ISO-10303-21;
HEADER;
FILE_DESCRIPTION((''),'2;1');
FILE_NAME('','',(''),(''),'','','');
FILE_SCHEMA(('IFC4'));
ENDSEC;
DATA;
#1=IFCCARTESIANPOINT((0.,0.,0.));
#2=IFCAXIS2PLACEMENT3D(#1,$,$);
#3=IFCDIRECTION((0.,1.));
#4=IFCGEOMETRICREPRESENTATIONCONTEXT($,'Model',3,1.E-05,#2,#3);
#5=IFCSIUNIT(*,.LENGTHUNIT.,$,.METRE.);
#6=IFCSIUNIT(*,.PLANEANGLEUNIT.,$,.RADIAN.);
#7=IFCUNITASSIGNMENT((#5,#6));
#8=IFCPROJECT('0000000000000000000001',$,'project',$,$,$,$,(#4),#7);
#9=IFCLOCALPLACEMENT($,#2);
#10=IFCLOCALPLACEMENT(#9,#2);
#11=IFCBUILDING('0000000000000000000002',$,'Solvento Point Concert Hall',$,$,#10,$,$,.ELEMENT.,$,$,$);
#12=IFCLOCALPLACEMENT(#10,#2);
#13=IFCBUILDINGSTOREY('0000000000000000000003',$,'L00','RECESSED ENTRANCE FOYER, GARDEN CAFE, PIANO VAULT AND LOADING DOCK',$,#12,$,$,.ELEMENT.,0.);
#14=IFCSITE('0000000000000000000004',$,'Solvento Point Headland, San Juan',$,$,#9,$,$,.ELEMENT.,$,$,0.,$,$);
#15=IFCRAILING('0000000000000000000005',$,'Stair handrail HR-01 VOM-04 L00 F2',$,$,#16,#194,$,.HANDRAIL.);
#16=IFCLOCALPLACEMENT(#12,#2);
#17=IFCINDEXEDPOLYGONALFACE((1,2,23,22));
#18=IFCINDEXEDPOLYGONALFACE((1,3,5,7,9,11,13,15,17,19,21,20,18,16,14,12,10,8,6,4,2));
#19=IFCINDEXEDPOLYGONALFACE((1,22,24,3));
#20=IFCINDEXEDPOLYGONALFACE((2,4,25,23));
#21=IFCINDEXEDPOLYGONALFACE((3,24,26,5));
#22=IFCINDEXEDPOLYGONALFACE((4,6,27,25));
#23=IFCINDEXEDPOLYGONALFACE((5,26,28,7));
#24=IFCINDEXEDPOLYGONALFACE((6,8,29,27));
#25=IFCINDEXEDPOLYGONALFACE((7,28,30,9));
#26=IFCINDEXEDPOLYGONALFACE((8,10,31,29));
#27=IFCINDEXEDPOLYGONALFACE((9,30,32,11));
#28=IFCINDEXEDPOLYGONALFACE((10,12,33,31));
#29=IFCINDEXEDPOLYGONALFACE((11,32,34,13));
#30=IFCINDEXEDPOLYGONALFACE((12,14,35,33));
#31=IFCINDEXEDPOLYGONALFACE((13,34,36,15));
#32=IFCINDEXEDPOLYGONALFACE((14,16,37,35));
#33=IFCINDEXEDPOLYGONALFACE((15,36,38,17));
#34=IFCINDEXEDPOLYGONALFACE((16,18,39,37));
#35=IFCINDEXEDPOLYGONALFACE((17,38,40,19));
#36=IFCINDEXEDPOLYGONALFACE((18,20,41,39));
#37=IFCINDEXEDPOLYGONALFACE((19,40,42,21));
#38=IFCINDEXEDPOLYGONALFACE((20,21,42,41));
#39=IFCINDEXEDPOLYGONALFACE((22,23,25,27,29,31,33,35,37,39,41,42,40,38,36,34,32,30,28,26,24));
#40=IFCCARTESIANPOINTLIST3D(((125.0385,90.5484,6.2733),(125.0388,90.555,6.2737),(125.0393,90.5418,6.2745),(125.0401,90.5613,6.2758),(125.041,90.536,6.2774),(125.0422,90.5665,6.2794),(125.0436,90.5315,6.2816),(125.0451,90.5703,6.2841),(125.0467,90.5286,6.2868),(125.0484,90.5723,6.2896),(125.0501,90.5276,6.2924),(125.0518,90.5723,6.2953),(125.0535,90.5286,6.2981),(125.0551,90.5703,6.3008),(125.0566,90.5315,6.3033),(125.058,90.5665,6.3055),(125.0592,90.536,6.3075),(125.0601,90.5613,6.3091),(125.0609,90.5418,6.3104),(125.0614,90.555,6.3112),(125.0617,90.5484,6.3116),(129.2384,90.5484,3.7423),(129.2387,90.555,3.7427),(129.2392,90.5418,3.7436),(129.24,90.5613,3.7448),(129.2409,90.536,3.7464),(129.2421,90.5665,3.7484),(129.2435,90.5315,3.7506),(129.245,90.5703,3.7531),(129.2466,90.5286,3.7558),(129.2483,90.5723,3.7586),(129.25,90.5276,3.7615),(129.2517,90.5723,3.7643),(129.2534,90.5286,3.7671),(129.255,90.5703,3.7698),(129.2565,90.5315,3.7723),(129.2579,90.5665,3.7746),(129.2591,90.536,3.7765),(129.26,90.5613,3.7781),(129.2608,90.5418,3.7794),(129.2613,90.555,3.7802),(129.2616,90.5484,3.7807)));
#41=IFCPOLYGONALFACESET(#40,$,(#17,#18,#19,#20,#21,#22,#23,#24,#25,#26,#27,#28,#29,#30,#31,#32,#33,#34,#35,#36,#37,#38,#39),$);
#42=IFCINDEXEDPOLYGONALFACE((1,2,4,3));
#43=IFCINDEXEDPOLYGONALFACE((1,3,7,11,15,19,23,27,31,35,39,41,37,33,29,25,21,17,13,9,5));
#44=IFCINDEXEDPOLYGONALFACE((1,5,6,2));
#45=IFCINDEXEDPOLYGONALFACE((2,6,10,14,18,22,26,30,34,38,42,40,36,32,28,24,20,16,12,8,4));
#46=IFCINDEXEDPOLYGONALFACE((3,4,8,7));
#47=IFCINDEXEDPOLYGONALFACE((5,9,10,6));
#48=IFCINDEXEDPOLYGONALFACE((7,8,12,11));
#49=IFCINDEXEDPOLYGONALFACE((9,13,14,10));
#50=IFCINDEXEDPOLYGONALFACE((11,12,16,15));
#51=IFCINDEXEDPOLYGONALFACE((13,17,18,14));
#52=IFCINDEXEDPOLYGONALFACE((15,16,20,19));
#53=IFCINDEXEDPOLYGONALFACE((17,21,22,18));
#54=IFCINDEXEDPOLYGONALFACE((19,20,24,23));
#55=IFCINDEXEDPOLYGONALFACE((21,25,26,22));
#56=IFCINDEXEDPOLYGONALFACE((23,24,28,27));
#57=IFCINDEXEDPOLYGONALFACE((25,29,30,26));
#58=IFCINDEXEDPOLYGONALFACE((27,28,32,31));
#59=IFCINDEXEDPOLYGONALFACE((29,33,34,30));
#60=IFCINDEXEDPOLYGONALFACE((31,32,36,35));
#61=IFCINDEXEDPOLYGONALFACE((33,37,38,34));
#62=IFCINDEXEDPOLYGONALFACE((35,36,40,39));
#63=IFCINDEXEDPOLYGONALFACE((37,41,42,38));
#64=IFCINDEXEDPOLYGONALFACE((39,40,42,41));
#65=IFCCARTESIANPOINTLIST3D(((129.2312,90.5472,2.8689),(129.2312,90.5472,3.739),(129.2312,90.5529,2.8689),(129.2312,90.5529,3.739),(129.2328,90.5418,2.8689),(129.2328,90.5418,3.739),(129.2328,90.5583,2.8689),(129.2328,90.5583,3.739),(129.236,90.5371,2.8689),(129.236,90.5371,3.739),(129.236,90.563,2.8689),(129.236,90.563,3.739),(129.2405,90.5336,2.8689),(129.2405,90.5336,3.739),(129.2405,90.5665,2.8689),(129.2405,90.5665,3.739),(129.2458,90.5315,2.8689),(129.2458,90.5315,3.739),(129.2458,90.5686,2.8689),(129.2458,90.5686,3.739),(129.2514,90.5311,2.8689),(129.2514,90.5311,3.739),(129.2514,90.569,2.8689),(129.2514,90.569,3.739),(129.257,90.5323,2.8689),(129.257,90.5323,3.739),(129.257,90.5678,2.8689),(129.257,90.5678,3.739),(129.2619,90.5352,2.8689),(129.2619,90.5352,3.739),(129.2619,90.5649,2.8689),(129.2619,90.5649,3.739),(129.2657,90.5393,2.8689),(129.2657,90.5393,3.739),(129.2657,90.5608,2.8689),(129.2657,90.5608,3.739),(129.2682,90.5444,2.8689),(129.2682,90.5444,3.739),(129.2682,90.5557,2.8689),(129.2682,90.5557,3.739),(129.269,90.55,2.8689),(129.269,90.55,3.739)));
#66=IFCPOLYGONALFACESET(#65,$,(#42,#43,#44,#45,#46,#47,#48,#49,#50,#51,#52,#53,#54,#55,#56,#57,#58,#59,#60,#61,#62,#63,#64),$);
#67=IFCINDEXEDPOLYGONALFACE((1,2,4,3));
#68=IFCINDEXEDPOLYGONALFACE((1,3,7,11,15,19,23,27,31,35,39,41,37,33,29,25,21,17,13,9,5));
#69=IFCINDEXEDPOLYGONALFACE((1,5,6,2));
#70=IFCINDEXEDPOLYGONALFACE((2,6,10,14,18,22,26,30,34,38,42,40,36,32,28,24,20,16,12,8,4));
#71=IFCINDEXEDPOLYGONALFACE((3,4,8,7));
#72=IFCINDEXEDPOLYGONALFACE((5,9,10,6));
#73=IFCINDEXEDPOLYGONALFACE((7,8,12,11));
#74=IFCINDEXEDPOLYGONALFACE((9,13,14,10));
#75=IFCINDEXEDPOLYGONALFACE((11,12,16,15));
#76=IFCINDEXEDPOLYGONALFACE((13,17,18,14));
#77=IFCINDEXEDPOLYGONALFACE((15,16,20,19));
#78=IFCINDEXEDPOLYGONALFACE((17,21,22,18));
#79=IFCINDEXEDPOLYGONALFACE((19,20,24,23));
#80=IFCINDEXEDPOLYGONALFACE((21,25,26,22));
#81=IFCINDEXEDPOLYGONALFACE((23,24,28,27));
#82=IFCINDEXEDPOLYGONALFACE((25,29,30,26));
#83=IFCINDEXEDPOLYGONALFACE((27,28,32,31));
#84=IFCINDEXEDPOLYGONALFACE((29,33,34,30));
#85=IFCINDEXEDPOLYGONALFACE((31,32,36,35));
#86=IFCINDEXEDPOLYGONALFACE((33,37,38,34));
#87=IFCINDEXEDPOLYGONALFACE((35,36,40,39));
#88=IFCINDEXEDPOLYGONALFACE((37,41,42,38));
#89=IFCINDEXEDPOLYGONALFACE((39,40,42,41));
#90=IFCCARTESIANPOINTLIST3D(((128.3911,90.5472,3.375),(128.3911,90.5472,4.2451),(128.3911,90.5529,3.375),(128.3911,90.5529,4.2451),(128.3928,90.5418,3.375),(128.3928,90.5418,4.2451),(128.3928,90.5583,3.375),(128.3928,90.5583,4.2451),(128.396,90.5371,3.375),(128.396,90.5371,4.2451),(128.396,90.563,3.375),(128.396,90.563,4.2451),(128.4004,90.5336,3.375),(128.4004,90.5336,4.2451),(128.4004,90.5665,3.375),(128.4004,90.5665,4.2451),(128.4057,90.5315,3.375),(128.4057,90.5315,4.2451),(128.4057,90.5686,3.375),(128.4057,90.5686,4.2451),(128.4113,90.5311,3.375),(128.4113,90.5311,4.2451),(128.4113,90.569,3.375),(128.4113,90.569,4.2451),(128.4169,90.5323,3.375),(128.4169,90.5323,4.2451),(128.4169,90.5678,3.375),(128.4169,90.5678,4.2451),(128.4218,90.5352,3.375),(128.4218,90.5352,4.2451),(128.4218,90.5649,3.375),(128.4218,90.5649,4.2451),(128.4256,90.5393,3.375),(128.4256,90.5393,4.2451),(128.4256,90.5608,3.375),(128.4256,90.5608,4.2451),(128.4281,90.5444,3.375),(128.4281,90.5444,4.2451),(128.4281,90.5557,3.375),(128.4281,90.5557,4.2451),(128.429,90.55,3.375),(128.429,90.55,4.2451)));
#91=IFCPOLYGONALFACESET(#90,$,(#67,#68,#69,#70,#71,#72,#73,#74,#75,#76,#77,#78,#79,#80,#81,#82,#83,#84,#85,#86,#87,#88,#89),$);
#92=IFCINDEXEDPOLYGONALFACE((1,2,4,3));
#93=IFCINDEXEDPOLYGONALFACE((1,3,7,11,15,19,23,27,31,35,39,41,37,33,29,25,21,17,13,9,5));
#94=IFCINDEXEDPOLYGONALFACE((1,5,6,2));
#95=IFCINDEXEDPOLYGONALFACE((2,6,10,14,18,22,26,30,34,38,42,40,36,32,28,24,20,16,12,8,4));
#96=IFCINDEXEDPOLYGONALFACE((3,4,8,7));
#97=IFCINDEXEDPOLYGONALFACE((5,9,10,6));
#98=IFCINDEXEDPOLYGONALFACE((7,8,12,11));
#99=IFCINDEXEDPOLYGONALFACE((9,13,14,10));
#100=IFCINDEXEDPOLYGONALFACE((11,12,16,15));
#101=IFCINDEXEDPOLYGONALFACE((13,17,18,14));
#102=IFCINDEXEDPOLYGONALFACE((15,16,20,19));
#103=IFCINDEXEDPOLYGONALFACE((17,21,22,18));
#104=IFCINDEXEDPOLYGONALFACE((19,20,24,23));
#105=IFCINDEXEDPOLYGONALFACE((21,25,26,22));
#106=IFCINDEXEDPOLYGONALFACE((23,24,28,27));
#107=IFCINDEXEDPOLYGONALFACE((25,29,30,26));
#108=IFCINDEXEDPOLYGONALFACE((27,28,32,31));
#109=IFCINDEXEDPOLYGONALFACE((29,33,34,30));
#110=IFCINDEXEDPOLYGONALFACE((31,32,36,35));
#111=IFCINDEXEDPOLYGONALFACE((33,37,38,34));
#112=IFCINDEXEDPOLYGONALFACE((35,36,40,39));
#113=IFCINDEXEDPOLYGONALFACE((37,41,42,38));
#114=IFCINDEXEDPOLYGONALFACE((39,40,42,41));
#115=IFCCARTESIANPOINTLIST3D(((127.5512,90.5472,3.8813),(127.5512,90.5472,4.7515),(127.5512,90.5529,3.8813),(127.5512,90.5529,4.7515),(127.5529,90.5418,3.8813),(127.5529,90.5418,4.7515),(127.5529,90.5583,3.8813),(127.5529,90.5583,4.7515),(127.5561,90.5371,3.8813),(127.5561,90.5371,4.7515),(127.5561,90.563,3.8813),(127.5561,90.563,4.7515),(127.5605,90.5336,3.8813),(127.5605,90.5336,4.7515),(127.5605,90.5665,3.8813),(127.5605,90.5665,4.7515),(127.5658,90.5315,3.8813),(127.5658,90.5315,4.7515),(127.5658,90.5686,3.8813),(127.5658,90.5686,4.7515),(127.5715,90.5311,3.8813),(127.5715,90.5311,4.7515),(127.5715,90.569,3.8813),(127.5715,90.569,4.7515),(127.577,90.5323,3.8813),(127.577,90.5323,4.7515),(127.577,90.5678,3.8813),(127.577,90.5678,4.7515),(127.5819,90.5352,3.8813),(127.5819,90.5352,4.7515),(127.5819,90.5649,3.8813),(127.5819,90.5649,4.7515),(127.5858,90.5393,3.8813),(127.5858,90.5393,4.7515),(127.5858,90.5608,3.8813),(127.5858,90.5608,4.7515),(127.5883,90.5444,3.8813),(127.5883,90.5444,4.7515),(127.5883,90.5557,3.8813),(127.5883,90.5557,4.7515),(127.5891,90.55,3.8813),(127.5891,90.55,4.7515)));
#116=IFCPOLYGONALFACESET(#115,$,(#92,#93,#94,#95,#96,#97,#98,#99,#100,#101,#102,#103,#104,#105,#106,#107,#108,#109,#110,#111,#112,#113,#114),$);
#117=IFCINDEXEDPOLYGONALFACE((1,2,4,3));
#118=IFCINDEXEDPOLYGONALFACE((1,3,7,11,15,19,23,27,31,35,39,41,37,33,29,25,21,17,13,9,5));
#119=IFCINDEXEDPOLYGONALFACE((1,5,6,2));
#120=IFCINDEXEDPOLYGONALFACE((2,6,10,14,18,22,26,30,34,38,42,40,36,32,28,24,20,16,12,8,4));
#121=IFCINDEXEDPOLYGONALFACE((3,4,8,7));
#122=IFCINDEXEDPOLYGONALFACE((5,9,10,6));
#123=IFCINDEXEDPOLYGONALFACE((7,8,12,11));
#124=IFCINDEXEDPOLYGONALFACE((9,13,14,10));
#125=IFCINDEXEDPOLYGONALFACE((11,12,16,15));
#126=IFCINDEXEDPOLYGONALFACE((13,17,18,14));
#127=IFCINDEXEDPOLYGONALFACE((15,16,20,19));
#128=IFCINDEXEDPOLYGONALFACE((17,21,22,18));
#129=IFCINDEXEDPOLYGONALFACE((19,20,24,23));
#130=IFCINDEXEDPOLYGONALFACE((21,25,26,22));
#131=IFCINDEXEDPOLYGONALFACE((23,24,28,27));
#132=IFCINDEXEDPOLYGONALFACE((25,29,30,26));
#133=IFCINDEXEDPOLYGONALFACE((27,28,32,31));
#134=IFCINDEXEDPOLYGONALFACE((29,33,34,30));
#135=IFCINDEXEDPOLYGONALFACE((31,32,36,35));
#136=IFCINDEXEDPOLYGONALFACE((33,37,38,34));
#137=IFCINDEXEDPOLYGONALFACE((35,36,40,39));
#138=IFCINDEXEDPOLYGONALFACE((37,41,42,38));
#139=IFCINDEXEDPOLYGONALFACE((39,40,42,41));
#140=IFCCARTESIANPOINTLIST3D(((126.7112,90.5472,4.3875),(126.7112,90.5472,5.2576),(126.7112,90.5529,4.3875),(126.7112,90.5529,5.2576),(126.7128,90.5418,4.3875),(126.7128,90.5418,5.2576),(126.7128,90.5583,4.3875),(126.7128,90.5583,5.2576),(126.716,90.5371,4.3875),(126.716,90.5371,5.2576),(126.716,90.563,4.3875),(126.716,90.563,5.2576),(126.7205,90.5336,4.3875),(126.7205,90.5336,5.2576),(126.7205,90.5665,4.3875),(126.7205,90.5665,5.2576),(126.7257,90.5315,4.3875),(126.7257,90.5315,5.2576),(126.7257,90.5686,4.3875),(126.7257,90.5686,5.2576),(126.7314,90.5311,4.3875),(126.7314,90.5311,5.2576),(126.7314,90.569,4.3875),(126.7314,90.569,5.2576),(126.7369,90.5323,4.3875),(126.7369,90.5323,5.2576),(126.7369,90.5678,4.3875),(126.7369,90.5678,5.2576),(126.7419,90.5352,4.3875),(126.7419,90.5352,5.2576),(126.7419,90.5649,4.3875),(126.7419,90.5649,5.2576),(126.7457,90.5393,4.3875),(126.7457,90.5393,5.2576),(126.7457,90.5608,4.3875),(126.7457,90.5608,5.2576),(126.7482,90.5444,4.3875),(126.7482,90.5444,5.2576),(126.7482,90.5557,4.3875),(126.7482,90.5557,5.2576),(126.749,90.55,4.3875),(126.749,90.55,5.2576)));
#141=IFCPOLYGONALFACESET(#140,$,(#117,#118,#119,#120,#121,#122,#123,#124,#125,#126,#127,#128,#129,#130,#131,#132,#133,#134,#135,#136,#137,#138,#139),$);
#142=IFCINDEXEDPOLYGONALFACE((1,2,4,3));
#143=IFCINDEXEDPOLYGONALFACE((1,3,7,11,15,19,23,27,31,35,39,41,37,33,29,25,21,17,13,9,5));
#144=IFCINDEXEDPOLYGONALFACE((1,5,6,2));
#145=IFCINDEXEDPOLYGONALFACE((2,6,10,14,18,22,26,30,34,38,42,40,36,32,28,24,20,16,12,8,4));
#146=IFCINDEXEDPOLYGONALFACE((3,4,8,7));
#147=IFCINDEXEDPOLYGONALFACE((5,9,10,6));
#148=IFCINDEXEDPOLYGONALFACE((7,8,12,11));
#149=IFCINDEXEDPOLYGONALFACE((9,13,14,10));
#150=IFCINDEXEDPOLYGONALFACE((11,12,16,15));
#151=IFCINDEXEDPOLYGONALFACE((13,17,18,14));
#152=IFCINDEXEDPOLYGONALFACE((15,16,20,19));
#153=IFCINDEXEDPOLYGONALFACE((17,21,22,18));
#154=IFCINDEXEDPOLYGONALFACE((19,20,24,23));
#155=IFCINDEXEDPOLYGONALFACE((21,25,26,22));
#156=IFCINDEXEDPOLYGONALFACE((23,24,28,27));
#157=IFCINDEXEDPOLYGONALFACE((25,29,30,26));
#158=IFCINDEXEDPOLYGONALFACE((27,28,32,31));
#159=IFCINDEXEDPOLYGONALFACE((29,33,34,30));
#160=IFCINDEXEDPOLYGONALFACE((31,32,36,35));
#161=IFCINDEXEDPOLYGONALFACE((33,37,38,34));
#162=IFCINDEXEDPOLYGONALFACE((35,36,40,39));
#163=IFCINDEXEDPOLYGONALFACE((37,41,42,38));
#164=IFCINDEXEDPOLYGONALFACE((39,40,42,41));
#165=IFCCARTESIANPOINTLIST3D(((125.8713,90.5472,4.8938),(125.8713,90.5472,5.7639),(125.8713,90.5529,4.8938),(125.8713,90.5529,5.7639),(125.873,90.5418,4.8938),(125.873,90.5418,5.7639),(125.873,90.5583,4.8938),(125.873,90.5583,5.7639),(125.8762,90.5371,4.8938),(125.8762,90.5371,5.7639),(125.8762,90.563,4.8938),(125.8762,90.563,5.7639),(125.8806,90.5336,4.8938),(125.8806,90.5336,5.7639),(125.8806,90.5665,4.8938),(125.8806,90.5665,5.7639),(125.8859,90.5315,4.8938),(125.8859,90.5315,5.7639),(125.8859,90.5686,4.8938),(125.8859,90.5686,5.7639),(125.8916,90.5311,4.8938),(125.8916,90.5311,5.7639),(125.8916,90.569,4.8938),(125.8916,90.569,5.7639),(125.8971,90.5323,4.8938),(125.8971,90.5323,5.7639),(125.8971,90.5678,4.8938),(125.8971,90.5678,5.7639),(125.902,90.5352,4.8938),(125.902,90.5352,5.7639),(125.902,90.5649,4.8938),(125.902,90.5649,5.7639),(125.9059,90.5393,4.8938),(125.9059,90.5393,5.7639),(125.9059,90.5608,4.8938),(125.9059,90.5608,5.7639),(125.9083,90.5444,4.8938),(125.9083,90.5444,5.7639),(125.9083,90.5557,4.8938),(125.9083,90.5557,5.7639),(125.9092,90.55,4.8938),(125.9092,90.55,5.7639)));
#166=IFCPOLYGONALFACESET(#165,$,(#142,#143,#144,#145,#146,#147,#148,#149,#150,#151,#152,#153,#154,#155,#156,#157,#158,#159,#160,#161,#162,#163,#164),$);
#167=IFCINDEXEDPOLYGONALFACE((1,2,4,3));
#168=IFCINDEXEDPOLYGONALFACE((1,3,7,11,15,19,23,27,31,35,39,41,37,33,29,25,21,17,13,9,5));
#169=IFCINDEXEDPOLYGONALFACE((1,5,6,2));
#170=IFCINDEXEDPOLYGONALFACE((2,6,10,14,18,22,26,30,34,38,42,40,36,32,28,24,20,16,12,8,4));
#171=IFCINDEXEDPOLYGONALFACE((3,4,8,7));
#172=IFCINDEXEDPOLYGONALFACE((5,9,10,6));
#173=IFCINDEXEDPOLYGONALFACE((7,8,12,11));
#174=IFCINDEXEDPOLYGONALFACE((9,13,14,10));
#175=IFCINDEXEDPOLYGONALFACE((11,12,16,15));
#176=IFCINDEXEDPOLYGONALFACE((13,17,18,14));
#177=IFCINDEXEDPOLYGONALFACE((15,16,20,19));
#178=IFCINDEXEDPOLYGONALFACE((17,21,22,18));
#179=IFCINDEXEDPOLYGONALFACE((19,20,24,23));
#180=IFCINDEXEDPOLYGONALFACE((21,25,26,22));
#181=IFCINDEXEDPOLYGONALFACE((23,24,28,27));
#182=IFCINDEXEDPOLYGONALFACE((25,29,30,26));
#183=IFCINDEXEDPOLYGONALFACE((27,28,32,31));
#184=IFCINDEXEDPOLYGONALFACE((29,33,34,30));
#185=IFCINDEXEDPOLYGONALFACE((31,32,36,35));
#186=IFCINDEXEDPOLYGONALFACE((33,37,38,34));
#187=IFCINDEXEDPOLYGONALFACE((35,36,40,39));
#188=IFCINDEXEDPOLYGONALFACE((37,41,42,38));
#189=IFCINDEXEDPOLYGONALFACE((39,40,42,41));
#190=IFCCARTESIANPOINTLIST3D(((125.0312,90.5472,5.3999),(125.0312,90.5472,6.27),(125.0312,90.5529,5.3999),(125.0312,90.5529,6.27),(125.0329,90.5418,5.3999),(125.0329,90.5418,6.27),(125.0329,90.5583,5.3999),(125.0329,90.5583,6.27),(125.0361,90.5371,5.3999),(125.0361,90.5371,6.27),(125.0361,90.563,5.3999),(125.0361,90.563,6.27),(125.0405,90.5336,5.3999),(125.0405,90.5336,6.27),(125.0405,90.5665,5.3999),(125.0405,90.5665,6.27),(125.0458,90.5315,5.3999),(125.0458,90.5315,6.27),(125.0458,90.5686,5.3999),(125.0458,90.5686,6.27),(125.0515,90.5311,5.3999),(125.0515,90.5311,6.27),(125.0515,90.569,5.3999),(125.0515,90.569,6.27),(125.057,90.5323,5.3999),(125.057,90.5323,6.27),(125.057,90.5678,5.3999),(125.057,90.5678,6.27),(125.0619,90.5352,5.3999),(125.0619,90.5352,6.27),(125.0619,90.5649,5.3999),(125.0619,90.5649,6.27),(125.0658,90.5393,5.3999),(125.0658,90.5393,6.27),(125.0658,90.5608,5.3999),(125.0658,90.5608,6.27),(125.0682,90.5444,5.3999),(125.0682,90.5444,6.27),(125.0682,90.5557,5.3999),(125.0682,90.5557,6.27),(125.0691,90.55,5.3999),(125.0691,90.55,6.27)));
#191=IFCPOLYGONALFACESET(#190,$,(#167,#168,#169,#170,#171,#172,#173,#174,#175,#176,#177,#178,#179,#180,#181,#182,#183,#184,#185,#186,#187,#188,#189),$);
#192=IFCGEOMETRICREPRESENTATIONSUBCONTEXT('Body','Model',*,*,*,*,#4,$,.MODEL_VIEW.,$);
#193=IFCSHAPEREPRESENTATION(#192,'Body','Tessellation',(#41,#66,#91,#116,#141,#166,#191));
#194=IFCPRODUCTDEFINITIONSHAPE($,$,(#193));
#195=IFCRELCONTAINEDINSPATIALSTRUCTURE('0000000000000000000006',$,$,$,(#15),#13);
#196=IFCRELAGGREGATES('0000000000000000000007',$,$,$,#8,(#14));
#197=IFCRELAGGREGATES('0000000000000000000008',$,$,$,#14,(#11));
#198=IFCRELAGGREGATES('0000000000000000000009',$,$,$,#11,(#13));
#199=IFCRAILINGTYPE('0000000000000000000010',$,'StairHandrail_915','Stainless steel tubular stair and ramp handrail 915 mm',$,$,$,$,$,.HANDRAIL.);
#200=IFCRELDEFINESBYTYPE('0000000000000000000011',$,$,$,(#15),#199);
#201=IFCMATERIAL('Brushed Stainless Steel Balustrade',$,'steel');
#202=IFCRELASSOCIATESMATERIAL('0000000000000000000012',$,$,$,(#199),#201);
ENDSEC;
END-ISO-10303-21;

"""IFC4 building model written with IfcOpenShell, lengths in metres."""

from ifc_helpers import new_model, si_unit, direction, frame, origin, origin_2d, place, context, subcontext, project, spatial, circle, extrude, material, type_object, element, save


model = new_model("IFC4")

# Units and contexts
model_context = context("Model", 3, precision=1e-05, world=origin(), true_north=direction((0.0, 1.0)))
body_context = subcontext(model_context, "Body", "Model", "MODEL_VIEW")
ifc_project = project(units=[si_unit("LENGTHUNIT", "METRE"), si_unit("PLANEANGLEUNIT", "RADIAN")], contexts=[model_context])

# Site, building, storey
site_placement = place(None, origin())
site = spatial("IfcSite", under=ifc_project, at=site_placement, Name="Solvento Point Headland, San Juan", CompositionType="ELEMENT", RefElevation=0.0)
building_placement = place(site_placement, origin())
building = spatial("IfcBuilding", under=site, at=building_placement, Name="Solvento Point Concert Hall", CompositionType="ELEMENT")
storey_placement = place(building_placement, origin())
storey = spatial("IfcBuildingStorey", under=building, at=storey_placement, Name="L00", Description="RECESSED ENTRANCE FOYER, GARDEN CAFE, PIANO VAULT AND LOADING DOCK", CompositionType="ELEMENT", Elevation=0.0)

# Railing
ifc_material_1 = material(Name="Brushed Stainless Steel Balustrade", Category="steel")
railing_type_1 = type_object("IfcRailingType", Name="StairHandrail_915", Description="Stainless steel tubular stair and ramp handrail 915 mm", PredefinedType="HANDRAIL", material=ifc_material_1)
railing_1_placement = place(storey_placement, frame((129.25, 90.55, 2.8689)))
element("IfcRailing", 1, at=railing_1_placement, inside=storey, type_object=railing_type_1, Name="Stair handrail HR-01 VOM-04 L00 F2", PredefinedType="HANDRAIL", context=body_context, shape_type="SweptSolid", body=[
    extrude(circle(Radius=0.0225, at=origin_2d()), frame((0.0, 0.0, 0.8926), z_axis=(-0.856499, 0.0, 0.51615), x_axis=(0.0, -1.0, 0.0)), (0.0, 0.0, 1.0), 4.9036),
    extrude(circle(Radius=0.019, at=origin_2d()), origin(), (0.0, 0.0, 1.0), 0.8701),
    extrude(circle(Radius=0.019, at=origin_2d()), frame((-0.8401, 0.0, 0.5061)), (0.0, 0.0, 1.0), 0.8701),
    extrude(circle(Radius=0.019, at=origin_2d()), frame((-1.6799, 0.0, 1.0125)), (0.0, 0.0, 1.0), 0.8701),
    extrude(circle(Radius=0.019, at=origin_2d()), frame((-2.52, 0.0, 1.5186)), (0.0, 0.0, 1.0), 0.8701),
    extrude(circle(Radius=0.019, at=origin_2d()), frame((-3.3599, 0.0, 2.0249)), (0.0, 0.0, 1.0), 0.8701),
    extrude(circle(Radius=0.019, at=origin_2d()), frame((-4.2, 0.0, 2.531)), (0.0, 0.0, 1.0), 0.8701),
])

save(model, "model.ifc")
